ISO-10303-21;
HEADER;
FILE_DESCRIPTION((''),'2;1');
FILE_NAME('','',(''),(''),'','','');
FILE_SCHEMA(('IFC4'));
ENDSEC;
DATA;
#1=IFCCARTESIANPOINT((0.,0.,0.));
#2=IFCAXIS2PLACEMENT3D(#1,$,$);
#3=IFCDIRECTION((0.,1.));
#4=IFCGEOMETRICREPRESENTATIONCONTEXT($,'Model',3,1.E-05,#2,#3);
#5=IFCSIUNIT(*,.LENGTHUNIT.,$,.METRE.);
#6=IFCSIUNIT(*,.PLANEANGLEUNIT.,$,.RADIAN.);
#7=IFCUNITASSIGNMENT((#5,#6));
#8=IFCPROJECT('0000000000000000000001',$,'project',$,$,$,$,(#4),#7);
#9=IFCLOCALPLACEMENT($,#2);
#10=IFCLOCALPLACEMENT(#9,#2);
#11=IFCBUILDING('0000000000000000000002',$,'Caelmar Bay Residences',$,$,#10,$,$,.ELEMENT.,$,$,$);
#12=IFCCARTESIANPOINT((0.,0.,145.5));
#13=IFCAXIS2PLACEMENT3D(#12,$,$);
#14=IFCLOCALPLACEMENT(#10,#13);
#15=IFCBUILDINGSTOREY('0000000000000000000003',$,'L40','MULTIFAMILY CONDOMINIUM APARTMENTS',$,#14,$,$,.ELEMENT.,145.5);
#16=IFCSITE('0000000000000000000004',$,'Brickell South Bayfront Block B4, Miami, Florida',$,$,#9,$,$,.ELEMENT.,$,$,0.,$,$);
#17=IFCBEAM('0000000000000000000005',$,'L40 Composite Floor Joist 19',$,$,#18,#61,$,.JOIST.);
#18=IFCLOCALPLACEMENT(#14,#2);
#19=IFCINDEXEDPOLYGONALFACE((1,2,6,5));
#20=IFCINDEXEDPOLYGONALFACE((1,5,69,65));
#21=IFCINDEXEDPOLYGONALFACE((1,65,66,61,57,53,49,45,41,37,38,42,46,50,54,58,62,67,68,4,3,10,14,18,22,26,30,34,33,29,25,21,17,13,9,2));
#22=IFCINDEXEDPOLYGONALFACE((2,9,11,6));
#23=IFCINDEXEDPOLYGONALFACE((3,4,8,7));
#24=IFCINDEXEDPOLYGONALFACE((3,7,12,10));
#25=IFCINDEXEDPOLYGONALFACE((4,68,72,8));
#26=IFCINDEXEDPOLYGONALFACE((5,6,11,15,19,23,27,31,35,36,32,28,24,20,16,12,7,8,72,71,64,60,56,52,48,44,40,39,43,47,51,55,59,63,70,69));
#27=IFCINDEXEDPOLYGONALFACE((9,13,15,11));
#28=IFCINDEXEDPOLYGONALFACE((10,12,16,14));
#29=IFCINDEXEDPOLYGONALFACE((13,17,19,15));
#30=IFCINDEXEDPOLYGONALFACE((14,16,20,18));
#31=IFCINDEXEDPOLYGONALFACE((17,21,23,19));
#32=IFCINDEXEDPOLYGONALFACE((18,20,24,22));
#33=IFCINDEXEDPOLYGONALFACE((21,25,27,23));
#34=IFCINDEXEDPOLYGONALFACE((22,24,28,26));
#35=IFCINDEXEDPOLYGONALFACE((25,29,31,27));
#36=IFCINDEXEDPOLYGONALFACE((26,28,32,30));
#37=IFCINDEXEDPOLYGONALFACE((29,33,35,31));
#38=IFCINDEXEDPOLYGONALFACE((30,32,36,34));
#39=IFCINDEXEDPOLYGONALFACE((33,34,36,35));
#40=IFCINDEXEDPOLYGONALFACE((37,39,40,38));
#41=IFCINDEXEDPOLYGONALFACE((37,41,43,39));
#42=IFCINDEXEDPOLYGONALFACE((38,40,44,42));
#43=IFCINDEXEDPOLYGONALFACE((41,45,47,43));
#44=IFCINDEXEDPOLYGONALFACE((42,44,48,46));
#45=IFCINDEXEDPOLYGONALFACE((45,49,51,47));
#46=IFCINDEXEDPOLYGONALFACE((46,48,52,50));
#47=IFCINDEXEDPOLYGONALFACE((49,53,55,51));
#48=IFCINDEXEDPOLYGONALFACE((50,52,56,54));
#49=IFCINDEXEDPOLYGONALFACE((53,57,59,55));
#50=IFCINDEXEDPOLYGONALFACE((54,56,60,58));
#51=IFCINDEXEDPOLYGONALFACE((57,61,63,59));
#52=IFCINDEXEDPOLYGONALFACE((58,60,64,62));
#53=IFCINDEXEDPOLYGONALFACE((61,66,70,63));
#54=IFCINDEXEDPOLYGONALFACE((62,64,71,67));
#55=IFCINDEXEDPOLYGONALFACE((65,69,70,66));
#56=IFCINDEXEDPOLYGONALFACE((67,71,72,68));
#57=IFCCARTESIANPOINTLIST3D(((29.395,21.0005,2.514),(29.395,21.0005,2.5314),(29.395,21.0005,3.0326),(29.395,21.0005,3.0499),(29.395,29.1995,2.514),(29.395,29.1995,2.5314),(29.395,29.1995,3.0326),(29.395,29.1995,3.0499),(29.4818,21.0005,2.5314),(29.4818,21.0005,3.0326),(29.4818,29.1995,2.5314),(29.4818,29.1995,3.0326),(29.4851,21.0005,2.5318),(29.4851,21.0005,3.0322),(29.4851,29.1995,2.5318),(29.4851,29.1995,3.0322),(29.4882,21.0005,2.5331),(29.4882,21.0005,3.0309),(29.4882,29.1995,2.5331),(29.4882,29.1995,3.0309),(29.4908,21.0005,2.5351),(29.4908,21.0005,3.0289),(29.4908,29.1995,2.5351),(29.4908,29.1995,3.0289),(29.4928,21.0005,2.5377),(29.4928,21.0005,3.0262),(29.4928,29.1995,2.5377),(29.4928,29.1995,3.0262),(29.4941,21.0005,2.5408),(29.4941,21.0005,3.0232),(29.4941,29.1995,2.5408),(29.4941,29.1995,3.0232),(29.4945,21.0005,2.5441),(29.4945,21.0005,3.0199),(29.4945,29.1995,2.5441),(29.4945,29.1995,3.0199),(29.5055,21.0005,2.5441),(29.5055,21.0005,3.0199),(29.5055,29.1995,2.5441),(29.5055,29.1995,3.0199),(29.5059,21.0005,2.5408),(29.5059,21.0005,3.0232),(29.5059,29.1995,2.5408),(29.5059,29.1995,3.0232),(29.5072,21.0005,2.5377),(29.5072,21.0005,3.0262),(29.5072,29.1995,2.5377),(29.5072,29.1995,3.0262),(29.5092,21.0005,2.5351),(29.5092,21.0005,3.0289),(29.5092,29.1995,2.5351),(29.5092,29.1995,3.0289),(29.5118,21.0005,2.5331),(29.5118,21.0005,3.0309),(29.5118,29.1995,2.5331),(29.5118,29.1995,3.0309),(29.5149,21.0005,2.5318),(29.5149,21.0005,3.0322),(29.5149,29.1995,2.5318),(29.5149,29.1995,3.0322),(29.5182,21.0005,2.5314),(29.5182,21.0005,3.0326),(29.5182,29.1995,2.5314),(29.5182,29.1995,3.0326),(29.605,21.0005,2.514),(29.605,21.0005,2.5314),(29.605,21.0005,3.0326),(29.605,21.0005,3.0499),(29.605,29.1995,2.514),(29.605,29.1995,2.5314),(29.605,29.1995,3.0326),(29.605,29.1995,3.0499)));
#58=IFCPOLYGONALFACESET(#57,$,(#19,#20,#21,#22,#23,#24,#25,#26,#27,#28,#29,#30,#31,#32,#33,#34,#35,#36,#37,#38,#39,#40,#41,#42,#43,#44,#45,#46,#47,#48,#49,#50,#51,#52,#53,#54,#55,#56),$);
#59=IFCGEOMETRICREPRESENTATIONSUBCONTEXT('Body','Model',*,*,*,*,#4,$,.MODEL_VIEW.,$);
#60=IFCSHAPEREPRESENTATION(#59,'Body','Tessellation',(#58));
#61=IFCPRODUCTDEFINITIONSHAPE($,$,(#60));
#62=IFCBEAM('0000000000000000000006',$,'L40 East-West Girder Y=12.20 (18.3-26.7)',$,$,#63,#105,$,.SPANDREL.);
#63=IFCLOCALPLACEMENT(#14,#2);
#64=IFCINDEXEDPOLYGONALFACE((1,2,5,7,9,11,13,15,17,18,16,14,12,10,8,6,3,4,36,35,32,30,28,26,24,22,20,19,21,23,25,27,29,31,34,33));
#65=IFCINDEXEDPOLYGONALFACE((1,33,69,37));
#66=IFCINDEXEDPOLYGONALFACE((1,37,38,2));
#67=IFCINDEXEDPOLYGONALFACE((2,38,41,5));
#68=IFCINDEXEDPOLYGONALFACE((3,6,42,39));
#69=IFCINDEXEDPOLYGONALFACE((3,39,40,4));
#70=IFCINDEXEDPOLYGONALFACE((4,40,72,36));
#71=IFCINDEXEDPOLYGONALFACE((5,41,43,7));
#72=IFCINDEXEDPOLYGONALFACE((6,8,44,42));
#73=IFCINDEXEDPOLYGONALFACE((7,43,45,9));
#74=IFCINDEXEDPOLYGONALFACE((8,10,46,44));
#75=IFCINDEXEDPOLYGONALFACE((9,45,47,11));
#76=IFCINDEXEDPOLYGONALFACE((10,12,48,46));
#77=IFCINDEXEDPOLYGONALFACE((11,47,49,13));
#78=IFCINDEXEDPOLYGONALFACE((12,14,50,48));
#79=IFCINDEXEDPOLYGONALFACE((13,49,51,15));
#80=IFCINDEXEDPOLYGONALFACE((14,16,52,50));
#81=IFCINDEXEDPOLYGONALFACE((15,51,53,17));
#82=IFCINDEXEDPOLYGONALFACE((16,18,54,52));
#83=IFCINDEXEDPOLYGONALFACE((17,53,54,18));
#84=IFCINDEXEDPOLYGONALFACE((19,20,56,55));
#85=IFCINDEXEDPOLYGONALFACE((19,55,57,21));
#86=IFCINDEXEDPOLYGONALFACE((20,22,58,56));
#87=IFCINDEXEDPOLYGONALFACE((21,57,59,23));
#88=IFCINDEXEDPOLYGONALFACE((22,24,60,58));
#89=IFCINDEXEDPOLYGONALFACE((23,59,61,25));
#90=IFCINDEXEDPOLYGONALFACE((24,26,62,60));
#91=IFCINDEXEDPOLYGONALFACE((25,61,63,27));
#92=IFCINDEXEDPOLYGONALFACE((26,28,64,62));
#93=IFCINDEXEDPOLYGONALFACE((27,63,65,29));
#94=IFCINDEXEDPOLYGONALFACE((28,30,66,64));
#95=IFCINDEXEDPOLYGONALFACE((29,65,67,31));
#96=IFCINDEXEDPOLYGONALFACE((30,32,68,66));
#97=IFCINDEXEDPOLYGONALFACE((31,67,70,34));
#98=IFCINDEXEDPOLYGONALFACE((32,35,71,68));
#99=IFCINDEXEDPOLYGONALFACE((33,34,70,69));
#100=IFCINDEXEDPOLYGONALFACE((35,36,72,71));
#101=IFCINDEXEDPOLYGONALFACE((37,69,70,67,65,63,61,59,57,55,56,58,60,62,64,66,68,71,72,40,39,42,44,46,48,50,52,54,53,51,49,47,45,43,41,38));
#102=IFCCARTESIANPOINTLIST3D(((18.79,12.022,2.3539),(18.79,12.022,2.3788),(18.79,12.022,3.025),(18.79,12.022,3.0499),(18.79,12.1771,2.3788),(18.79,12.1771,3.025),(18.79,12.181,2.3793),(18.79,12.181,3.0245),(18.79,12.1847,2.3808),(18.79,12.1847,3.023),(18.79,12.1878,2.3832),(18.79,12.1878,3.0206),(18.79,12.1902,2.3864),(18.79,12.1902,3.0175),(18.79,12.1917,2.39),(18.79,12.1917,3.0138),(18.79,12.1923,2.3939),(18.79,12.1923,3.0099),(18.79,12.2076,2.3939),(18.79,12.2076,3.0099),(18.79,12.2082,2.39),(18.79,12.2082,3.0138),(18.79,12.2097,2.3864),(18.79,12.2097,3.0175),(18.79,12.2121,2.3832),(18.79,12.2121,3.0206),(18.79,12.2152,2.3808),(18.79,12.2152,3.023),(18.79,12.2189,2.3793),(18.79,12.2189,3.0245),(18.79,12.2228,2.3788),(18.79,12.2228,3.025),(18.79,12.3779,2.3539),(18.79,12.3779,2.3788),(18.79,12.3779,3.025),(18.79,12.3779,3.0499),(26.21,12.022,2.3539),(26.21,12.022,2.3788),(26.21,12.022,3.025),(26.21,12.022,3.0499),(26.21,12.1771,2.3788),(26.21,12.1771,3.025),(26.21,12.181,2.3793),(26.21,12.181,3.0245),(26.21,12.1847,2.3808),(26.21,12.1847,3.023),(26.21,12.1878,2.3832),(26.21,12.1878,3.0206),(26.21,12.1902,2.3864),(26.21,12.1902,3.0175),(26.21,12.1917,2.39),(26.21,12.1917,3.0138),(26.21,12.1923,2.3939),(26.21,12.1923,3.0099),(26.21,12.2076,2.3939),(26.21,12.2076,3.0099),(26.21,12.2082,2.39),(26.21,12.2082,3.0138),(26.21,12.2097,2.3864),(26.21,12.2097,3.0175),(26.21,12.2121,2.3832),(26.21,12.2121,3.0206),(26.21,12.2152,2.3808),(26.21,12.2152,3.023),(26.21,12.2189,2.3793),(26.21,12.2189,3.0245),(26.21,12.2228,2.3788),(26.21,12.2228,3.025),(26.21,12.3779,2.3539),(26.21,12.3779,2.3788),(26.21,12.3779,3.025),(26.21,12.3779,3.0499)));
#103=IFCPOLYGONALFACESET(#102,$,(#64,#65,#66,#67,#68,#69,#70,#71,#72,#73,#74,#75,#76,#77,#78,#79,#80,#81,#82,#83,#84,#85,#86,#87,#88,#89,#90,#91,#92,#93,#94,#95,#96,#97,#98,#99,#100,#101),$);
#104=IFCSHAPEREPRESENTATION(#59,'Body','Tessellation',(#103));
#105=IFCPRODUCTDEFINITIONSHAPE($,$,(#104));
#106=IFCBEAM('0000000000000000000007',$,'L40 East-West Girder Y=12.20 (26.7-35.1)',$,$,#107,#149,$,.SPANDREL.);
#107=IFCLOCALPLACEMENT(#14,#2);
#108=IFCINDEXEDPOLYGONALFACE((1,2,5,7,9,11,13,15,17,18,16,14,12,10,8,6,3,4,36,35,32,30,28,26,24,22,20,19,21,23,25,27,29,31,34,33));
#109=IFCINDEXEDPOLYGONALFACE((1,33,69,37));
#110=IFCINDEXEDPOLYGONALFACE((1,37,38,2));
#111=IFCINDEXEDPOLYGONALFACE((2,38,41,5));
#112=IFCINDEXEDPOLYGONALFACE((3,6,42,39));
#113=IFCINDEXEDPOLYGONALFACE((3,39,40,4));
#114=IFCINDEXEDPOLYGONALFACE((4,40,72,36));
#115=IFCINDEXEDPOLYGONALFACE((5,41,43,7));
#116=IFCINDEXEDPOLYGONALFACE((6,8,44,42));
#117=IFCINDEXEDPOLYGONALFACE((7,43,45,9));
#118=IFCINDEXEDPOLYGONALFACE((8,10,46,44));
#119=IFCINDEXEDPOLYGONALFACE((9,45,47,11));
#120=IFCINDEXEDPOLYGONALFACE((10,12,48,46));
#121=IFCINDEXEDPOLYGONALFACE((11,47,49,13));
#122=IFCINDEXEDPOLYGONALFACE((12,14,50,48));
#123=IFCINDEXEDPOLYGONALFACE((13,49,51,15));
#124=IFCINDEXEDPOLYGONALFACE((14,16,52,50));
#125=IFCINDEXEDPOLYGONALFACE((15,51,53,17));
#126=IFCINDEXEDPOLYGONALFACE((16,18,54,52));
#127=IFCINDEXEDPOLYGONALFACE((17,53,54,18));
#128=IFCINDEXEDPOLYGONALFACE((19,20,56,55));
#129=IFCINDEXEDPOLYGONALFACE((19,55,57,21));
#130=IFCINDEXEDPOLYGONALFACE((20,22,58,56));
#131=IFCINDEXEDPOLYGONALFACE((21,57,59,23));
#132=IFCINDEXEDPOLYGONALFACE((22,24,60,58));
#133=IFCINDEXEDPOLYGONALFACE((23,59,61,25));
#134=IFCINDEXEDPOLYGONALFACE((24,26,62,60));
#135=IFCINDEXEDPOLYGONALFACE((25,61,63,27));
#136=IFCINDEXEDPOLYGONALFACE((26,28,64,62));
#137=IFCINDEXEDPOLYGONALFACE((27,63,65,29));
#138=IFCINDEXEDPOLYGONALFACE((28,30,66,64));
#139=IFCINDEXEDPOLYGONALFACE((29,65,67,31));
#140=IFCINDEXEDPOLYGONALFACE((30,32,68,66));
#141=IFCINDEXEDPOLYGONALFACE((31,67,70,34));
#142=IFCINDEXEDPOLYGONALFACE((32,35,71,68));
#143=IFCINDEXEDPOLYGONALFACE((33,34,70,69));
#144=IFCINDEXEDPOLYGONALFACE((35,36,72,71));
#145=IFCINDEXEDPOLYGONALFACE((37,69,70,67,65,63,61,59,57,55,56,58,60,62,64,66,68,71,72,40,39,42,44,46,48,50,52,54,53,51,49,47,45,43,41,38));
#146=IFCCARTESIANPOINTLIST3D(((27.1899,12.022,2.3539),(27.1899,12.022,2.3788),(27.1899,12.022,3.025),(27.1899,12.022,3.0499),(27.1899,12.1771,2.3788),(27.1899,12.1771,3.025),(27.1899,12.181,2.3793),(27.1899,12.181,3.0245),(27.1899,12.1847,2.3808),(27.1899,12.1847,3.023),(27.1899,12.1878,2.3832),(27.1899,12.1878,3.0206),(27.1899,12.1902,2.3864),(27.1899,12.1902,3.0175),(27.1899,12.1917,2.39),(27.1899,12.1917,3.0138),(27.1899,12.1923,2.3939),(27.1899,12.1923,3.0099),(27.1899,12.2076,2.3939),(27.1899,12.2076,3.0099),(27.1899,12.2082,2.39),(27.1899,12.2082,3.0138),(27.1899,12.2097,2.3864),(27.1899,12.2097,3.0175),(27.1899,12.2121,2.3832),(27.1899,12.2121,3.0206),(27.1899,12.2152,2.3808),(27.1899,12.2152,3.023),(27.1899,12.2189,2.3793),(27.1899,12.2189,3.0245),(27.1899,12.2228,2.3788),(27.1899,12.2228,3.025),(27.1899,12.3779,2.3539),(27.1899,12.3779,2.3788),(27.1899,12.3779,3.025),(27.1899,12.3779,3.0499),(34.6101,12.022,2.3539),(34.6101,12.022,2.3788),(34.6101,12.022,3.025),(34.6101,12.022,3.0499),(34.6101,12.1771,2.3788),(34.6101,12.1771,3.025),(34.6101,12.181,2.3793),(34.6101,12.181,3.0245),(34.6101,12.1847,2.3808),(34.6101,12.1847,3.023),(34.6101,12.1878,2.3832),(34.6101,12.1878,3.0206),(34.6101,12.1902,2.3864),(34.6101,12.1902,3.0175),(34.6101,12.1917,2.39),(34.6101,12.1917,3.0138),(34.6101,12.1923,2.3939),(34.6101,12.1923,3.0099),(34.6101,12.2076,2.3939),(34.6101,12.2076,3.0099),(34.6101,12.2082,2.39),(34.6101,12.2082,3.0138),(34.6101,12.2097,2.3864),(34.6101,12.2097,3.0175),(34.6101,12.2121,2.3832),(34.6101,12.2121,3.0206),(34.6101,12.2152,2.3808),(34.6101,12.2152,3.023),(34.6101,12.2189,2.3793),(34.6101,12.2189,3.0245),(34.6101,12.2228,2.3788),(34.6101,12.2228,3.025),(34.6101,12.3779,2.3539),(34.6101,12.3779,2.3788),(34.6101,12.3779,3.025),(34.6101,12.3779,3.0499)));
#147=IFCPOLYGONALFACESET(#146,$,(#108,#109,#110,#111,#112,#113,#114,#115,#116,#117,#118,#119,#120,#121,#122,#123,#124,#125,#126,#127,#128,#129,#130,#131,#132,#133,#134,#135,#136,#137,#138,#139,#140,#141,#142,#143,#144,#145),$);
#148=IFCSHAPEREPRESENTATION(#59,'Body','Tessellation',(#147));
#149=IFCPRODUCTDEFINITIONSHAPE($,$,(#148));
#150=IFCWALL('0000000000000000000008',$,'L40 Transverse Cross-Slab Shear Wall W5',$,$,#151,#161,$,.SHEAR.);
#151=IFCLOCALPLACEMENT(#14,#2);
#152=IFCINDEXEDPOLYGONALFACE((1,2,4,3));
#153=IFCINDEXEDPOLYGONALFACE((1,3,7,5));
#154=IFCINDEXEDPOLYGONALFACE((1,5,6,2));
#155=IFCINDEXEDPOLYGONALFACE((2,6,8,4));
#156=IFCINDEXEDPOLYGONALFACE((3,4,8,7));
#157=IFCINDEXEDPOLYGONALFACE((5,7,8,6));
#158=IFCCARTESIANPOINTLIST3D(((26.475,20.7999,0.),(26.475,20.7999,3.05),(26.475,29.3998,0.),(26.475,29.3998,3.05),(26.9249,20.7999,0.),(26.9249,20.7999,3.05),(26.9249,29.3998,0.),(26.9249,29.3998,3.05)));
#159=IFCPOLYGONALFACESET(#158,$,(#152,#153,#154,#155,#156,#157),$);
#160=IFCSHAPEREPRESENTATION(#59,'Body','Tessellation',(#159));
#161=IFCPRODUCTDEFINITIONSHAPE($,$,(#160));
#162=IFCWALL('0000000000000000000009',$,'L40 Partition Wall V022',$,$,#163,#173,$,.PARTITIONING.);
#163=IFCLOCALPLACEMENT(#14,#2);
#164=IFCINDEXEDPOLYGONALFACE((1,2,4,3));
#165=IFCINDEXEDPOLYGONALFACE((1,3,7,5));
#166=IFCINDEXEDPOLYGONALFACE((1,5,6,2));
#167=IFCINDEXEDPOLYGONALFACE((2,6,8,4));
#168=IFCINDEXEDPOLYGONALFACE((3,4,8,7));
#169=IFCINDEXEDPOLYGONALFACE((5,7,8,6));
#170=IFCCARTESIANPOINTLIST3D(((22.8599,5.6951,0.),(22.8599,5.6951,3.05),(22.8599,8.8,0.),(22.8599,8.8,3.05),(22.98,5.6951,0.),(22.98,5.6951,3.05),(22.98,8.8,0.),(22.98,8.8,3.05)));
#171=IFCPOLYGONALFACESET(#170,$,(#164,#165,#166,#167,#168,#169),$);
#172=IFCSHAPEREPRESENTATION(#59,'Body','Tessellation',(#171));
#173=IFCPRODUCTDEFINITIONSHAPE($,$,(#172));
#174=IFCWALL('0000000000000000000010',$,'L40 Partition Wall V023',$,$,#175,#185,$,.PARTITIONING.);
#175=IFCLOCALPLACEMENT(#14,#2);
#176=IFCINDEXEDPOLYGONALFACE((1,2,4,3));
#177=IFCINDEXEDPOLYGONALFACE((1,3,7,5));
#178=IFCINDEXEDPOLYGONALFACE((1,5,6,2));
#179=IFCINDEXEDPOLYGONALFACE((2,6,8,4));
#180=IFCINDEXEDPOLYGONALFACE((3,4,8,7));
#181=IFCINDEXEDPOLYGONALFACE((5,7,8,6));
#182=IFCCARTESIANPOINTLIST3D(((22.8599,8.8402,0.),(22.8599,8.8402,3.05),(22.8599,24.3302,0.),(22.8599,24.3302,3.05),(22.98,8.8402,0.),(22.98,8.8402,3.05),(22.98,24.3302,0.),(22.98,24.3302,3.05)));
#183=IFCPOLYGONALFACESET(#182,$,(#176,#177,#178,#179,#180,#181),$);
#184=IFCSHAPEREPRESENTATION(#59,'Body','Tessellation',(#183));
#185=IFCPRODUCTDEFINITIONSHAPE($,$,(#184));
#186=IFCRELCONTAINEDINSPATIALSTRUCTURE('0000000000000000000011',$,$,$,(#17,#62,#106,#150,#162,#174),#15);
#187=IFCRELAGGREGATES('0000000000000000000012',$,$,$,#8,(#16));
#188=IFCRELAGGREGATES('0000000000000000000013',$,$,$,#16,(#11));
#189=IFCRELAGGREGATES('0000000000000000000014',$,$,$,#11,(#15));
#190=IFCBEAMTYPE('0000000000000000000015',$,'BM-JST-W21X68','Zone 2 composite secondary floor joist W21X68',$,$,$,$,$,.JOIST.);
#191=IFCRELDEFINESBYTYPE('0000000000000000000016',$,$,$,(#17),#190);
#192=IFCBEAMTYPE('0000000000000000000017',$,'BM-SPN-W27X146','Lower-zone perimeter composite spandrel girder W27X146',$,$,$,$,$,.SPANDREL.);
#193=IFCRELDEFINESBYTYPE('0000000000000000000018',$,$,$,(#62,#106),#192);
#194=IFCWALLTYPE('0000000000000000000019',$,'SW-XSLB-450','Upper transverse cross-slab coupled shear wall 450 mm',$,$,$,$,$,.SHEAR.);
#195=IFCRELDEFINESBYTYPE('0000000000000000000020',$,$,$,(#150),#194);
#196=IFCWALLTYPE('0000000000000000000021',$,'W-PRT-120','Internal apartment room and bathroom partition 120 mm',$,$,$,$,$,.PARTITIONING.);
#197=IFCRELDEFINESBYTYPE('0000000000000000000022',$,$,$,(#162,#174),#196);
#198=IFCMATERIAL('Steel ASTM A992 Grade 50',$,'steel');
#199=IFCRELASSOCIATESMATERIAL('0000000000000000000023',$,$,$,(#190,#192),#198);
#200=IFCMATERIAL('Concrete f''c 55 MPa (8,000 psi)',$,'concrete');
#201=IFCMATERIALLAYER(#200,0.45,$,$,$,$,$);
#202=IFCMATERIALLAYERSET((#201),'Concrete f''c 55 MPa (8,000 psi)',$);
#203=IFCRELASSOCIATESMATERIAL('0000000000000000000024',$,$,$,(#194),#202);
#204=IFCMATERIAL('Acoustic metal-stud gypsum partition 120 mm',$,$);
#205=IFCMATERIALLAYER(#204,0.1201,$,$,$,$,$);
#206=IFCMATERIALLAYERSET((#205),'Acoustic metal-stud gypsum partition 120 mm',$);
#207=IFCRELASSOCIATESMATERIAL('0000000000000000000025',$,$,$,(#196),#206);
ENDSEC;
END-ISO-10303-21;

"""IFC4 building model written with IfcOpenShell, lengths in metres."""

from ifc_helpers import new_model, si_unit, direction, frame, frame_2d, origin, origin_2d, place, context, subcontext, project, spatial, rectangle, i_section, extrude, material, layer, layer_set, material_profile, profile_set, type_object, element, save


model = new_model("IFC4")

# Units and contexts
model_context = context("Model", 3, precision=1e-05, world=origin(), true_north=direction((0.0, 1.0)))
body_context = subcontext(model_context, "Body", "Model", "MODEL_VIEW")
ifc_project = project(units=[si_unit("LENGTHUNIT", "METRE"), si_unit("PLANEANGLEUNIT", "RADIAN")], contexts=[model_context])

# Site, building, storey
site_placement = place(None, origin())
site = spatial("IfcSite", under=ifc_project, at=site_placement, Name="Brickell South Bayfront Block B4, Miami, Florida", CompositionType="ELEMENT", RefElevation=0.0)
building_placement = place(site_placement, origin())
building = spatial("IfcBuilding", under=site, at=building_placement, Name="Caelmar Bay Residences", CompositionType="ELEMENT")
storey_placement = place(building_placement, frame((0.0, 0.0, 145.5)))
storey = spatial("IfcBuildingStorey", under=building, at=storey_placement, Name="L40", Description="MULTIFAMILY CONDOMINIUM APARTMENTS", CompositionType="ELEMENT", Elevation=145.5)

# Beams
ifc_material_1 = material(Name="Steel ASTM A992 Grade 50", Category="steel")
ifc_material_profile_1 = material_profile(ifc_material_1, i_section(OverallWidth=0.21, OverallDepth=0.5359, WebThickness=0.011, FlangeThickness=0.0173, FilletRadius=0.0127, at=origin_2d()), Name="W21X68")
ifc_profile_set_1 = profile_set([ifc_material_profile_1], Name="Steel ASTM A992 Grade 50")
beam_type_1 = type_object("IfcBeamType", Name="BM-JST-W21X68", Description="Zone 2 composite secondary floor joist W21X68", PredefinedType="JOIST", material=ifc_profile_set_1)
for number, where, z_axis, x_axis, name in (
    (1, (29.5, 21.0005, 2.782), (0.0, 1.0, 0.0), (-1.0, 0.0, 0.0), "L40 Composite Floor Joist 19"),
):
    element("IfcBeam", number, at=place(storey_placement, frame(where, z_axis=z_axis, x_axis=x_axis)), inside=storey, type_object=beam_type_1, Name=name, PredefinedType="JOIST", context=body_context, shape_type="SweptSolid", body=[
        extrude(i_section(OverallWidth=0.21, OverallDepth=0.5359, WebThickness=0.011, FlangeThickness=0.0173, FilletRadius=0.0127, at=origin_2d()), origin(), (0.0, 0.0, 1.0), 8.199),
    ])
ifc_material_profile_2 = material_profile(ifc_material_1, i_section(OverallWidth=0.356, OverallDepth=0.696, WebThickness=0.0154, FlangeThickness=0.0249, FilletRadius=0.0151, at=origin_2d()), Name="W27X146")
ifc_profile_set_2 = profile_set([ifc_material_profile_2], Name="Steel ASTM A992 Grade 50")
beam_type_2 = type_object("IfcBeamType", Name="BM-SPN-W27X146", Description="Lower-zone perimeter composite spandrel girder W27X146", PredefinedType="SPANDREL", material=ifc_profile_set_2)
beam_1_placement = place(storey_placement, frame((18.79, 12.2, 2.7019), z_axis=(1.0, 0.0, 0.0), x_axis=(0.0, 1.0, 0.0)))
element("IfcBeam", 2, at=beam_1_placement, inside=storey, type_object=beam_type_2, Name="L40 East-West Girder Y=12.20 (18.3-26.7)", PredefinedType="SPANDREL", context=body_context, shape_type="SweptSolid", body=[
    extrude(i_section(OverallWidth=0.356, OverallDepth=0.696, WebThickness=0.0154, FlangeThickness=0.0249, FilletRadius=0.0151, at=origin_2d()), origin(), (0.0, 0.0, 1.0), 7.4199),
])
beam_2_placement = place(storey_placement, frame((27.1899, 12.2, 2.7019), z_axis=(1.0, 0.0, 0.0), x_axis=(0.0, 1.0, 0.0)))
element("IfcBeam", 3, at=beam_2_placement, inside=storey, type_object=beam_type_2, Name="L40 East-West Girder Y=12.20 (26.7-35.1)", PredefinedType="SPANDREL", context=body_context, shape_type="SweptSolid", body=[
    extrude(i_section(OverallWidth=0.356, OverallDepth=0.696, WebThickness=0.0154, FlangeThickness=0.0249, FilletRadius=0.0151, at=origin_2d()), origin(), (0.0, 0.0, 1.0), 7.4202),
])

# Walls
ifc_material_2 = material(Name="Concrete f'c 55 MPa (8,000 psi)", Category="concrete")
ifc_layer_1 = layer(ifc_material_2, 0.45)
ifc_layer_set_1 = layer_set([ifc_layer_1], Name="Concrete f'c 55 MPa (8,000 psi)")
wall_type_1 = type_object("IfcWallType", Name="SW-XSLB-450", Description="Upper transverse cross-slab coupled shear wall 450 mm", PredefinedType="SHEAR", material=ifc_layer_set_1)
wall_1_placement = place(storey_placement, frame((26.7, 20.8, 0.0), z_axis=(0.0, 0.0, 1.0), x_axis=(0.0, 1.0, 0.0)))
element("IfcWall", 4, at=wall_1_placement, inside=storey, type_object=wall_type_1, Name="L40 Transverse Cross-Slab Shear Wall W5", PredefinedType="SHEAR", context=body_context, shape_type="SweptSolid", body=[
    extrude(rectangle(XDim=8.5999, YDim=0.45, at=frame_2d((4.2998, 0.0))), origin(), (0.0, 0.0, 1.0), 3.05),
])
ifc_material_3 = material(Name="Acoustic metal-stud gypsum partition 120 mm")
ifc_layer_2 = layer(ifc_material_3, 0.1201)
ifc_layer_set_2 = layer_set([ifc_layer_2], Name="Acoustic metal-stud gypsum partition 120 mm")
wall_type_2 = type_object("IfcWallType", Name="W-PRT-120", Description="Internal apartment room and bathroom partition 120 mm", PredefinedType="PARTITIONING", material=ifc_layer_set_2)
wall_2_placement = place(storey_placement, frame((22.9199, 5.6951, 0.0), z_axis=(0.0, 0.0, 1.0), x_axis=(0.0, 1.0, 0.0)))
element("IfcWall", 5, at=wall_2_placement, inside=storey, type_object=wall_type_2, Name="L40 Partition Wall V022", PredefinedType="PARTITIONING", context=body_context, shape_type="SweptSolid", body=[
    extrude(rectangle(XDim=3.105, YDim=0.1201, at=frame_2d((1.5525, 0.0))), origin(), (0.0, 0.0, 1.0), 3.05),
])
wall_3_placement = place(storey_placement, frame((22.9199, 8.8401, 0.0), z_axis=(0.0, 0.0, 1.0), x_axis=(0.0, 1.0, 0.0)))
element("IfcWall", 6, at=wall_3_placement, inside=storey, type_object=wall_type_2, Name="L40 Partition Wall V023", PredefinedType="PARTITIONING", context=body_context, shape_type="SweptSolid", body=[
    extrude(rectangle(XDim=15.49, YDim=0.1201, at=frame_2d((7.7451, 0.0))), origin(), (0.0, 0.0, 1.0), 3.05),
])

save(model, "model.ifc")
